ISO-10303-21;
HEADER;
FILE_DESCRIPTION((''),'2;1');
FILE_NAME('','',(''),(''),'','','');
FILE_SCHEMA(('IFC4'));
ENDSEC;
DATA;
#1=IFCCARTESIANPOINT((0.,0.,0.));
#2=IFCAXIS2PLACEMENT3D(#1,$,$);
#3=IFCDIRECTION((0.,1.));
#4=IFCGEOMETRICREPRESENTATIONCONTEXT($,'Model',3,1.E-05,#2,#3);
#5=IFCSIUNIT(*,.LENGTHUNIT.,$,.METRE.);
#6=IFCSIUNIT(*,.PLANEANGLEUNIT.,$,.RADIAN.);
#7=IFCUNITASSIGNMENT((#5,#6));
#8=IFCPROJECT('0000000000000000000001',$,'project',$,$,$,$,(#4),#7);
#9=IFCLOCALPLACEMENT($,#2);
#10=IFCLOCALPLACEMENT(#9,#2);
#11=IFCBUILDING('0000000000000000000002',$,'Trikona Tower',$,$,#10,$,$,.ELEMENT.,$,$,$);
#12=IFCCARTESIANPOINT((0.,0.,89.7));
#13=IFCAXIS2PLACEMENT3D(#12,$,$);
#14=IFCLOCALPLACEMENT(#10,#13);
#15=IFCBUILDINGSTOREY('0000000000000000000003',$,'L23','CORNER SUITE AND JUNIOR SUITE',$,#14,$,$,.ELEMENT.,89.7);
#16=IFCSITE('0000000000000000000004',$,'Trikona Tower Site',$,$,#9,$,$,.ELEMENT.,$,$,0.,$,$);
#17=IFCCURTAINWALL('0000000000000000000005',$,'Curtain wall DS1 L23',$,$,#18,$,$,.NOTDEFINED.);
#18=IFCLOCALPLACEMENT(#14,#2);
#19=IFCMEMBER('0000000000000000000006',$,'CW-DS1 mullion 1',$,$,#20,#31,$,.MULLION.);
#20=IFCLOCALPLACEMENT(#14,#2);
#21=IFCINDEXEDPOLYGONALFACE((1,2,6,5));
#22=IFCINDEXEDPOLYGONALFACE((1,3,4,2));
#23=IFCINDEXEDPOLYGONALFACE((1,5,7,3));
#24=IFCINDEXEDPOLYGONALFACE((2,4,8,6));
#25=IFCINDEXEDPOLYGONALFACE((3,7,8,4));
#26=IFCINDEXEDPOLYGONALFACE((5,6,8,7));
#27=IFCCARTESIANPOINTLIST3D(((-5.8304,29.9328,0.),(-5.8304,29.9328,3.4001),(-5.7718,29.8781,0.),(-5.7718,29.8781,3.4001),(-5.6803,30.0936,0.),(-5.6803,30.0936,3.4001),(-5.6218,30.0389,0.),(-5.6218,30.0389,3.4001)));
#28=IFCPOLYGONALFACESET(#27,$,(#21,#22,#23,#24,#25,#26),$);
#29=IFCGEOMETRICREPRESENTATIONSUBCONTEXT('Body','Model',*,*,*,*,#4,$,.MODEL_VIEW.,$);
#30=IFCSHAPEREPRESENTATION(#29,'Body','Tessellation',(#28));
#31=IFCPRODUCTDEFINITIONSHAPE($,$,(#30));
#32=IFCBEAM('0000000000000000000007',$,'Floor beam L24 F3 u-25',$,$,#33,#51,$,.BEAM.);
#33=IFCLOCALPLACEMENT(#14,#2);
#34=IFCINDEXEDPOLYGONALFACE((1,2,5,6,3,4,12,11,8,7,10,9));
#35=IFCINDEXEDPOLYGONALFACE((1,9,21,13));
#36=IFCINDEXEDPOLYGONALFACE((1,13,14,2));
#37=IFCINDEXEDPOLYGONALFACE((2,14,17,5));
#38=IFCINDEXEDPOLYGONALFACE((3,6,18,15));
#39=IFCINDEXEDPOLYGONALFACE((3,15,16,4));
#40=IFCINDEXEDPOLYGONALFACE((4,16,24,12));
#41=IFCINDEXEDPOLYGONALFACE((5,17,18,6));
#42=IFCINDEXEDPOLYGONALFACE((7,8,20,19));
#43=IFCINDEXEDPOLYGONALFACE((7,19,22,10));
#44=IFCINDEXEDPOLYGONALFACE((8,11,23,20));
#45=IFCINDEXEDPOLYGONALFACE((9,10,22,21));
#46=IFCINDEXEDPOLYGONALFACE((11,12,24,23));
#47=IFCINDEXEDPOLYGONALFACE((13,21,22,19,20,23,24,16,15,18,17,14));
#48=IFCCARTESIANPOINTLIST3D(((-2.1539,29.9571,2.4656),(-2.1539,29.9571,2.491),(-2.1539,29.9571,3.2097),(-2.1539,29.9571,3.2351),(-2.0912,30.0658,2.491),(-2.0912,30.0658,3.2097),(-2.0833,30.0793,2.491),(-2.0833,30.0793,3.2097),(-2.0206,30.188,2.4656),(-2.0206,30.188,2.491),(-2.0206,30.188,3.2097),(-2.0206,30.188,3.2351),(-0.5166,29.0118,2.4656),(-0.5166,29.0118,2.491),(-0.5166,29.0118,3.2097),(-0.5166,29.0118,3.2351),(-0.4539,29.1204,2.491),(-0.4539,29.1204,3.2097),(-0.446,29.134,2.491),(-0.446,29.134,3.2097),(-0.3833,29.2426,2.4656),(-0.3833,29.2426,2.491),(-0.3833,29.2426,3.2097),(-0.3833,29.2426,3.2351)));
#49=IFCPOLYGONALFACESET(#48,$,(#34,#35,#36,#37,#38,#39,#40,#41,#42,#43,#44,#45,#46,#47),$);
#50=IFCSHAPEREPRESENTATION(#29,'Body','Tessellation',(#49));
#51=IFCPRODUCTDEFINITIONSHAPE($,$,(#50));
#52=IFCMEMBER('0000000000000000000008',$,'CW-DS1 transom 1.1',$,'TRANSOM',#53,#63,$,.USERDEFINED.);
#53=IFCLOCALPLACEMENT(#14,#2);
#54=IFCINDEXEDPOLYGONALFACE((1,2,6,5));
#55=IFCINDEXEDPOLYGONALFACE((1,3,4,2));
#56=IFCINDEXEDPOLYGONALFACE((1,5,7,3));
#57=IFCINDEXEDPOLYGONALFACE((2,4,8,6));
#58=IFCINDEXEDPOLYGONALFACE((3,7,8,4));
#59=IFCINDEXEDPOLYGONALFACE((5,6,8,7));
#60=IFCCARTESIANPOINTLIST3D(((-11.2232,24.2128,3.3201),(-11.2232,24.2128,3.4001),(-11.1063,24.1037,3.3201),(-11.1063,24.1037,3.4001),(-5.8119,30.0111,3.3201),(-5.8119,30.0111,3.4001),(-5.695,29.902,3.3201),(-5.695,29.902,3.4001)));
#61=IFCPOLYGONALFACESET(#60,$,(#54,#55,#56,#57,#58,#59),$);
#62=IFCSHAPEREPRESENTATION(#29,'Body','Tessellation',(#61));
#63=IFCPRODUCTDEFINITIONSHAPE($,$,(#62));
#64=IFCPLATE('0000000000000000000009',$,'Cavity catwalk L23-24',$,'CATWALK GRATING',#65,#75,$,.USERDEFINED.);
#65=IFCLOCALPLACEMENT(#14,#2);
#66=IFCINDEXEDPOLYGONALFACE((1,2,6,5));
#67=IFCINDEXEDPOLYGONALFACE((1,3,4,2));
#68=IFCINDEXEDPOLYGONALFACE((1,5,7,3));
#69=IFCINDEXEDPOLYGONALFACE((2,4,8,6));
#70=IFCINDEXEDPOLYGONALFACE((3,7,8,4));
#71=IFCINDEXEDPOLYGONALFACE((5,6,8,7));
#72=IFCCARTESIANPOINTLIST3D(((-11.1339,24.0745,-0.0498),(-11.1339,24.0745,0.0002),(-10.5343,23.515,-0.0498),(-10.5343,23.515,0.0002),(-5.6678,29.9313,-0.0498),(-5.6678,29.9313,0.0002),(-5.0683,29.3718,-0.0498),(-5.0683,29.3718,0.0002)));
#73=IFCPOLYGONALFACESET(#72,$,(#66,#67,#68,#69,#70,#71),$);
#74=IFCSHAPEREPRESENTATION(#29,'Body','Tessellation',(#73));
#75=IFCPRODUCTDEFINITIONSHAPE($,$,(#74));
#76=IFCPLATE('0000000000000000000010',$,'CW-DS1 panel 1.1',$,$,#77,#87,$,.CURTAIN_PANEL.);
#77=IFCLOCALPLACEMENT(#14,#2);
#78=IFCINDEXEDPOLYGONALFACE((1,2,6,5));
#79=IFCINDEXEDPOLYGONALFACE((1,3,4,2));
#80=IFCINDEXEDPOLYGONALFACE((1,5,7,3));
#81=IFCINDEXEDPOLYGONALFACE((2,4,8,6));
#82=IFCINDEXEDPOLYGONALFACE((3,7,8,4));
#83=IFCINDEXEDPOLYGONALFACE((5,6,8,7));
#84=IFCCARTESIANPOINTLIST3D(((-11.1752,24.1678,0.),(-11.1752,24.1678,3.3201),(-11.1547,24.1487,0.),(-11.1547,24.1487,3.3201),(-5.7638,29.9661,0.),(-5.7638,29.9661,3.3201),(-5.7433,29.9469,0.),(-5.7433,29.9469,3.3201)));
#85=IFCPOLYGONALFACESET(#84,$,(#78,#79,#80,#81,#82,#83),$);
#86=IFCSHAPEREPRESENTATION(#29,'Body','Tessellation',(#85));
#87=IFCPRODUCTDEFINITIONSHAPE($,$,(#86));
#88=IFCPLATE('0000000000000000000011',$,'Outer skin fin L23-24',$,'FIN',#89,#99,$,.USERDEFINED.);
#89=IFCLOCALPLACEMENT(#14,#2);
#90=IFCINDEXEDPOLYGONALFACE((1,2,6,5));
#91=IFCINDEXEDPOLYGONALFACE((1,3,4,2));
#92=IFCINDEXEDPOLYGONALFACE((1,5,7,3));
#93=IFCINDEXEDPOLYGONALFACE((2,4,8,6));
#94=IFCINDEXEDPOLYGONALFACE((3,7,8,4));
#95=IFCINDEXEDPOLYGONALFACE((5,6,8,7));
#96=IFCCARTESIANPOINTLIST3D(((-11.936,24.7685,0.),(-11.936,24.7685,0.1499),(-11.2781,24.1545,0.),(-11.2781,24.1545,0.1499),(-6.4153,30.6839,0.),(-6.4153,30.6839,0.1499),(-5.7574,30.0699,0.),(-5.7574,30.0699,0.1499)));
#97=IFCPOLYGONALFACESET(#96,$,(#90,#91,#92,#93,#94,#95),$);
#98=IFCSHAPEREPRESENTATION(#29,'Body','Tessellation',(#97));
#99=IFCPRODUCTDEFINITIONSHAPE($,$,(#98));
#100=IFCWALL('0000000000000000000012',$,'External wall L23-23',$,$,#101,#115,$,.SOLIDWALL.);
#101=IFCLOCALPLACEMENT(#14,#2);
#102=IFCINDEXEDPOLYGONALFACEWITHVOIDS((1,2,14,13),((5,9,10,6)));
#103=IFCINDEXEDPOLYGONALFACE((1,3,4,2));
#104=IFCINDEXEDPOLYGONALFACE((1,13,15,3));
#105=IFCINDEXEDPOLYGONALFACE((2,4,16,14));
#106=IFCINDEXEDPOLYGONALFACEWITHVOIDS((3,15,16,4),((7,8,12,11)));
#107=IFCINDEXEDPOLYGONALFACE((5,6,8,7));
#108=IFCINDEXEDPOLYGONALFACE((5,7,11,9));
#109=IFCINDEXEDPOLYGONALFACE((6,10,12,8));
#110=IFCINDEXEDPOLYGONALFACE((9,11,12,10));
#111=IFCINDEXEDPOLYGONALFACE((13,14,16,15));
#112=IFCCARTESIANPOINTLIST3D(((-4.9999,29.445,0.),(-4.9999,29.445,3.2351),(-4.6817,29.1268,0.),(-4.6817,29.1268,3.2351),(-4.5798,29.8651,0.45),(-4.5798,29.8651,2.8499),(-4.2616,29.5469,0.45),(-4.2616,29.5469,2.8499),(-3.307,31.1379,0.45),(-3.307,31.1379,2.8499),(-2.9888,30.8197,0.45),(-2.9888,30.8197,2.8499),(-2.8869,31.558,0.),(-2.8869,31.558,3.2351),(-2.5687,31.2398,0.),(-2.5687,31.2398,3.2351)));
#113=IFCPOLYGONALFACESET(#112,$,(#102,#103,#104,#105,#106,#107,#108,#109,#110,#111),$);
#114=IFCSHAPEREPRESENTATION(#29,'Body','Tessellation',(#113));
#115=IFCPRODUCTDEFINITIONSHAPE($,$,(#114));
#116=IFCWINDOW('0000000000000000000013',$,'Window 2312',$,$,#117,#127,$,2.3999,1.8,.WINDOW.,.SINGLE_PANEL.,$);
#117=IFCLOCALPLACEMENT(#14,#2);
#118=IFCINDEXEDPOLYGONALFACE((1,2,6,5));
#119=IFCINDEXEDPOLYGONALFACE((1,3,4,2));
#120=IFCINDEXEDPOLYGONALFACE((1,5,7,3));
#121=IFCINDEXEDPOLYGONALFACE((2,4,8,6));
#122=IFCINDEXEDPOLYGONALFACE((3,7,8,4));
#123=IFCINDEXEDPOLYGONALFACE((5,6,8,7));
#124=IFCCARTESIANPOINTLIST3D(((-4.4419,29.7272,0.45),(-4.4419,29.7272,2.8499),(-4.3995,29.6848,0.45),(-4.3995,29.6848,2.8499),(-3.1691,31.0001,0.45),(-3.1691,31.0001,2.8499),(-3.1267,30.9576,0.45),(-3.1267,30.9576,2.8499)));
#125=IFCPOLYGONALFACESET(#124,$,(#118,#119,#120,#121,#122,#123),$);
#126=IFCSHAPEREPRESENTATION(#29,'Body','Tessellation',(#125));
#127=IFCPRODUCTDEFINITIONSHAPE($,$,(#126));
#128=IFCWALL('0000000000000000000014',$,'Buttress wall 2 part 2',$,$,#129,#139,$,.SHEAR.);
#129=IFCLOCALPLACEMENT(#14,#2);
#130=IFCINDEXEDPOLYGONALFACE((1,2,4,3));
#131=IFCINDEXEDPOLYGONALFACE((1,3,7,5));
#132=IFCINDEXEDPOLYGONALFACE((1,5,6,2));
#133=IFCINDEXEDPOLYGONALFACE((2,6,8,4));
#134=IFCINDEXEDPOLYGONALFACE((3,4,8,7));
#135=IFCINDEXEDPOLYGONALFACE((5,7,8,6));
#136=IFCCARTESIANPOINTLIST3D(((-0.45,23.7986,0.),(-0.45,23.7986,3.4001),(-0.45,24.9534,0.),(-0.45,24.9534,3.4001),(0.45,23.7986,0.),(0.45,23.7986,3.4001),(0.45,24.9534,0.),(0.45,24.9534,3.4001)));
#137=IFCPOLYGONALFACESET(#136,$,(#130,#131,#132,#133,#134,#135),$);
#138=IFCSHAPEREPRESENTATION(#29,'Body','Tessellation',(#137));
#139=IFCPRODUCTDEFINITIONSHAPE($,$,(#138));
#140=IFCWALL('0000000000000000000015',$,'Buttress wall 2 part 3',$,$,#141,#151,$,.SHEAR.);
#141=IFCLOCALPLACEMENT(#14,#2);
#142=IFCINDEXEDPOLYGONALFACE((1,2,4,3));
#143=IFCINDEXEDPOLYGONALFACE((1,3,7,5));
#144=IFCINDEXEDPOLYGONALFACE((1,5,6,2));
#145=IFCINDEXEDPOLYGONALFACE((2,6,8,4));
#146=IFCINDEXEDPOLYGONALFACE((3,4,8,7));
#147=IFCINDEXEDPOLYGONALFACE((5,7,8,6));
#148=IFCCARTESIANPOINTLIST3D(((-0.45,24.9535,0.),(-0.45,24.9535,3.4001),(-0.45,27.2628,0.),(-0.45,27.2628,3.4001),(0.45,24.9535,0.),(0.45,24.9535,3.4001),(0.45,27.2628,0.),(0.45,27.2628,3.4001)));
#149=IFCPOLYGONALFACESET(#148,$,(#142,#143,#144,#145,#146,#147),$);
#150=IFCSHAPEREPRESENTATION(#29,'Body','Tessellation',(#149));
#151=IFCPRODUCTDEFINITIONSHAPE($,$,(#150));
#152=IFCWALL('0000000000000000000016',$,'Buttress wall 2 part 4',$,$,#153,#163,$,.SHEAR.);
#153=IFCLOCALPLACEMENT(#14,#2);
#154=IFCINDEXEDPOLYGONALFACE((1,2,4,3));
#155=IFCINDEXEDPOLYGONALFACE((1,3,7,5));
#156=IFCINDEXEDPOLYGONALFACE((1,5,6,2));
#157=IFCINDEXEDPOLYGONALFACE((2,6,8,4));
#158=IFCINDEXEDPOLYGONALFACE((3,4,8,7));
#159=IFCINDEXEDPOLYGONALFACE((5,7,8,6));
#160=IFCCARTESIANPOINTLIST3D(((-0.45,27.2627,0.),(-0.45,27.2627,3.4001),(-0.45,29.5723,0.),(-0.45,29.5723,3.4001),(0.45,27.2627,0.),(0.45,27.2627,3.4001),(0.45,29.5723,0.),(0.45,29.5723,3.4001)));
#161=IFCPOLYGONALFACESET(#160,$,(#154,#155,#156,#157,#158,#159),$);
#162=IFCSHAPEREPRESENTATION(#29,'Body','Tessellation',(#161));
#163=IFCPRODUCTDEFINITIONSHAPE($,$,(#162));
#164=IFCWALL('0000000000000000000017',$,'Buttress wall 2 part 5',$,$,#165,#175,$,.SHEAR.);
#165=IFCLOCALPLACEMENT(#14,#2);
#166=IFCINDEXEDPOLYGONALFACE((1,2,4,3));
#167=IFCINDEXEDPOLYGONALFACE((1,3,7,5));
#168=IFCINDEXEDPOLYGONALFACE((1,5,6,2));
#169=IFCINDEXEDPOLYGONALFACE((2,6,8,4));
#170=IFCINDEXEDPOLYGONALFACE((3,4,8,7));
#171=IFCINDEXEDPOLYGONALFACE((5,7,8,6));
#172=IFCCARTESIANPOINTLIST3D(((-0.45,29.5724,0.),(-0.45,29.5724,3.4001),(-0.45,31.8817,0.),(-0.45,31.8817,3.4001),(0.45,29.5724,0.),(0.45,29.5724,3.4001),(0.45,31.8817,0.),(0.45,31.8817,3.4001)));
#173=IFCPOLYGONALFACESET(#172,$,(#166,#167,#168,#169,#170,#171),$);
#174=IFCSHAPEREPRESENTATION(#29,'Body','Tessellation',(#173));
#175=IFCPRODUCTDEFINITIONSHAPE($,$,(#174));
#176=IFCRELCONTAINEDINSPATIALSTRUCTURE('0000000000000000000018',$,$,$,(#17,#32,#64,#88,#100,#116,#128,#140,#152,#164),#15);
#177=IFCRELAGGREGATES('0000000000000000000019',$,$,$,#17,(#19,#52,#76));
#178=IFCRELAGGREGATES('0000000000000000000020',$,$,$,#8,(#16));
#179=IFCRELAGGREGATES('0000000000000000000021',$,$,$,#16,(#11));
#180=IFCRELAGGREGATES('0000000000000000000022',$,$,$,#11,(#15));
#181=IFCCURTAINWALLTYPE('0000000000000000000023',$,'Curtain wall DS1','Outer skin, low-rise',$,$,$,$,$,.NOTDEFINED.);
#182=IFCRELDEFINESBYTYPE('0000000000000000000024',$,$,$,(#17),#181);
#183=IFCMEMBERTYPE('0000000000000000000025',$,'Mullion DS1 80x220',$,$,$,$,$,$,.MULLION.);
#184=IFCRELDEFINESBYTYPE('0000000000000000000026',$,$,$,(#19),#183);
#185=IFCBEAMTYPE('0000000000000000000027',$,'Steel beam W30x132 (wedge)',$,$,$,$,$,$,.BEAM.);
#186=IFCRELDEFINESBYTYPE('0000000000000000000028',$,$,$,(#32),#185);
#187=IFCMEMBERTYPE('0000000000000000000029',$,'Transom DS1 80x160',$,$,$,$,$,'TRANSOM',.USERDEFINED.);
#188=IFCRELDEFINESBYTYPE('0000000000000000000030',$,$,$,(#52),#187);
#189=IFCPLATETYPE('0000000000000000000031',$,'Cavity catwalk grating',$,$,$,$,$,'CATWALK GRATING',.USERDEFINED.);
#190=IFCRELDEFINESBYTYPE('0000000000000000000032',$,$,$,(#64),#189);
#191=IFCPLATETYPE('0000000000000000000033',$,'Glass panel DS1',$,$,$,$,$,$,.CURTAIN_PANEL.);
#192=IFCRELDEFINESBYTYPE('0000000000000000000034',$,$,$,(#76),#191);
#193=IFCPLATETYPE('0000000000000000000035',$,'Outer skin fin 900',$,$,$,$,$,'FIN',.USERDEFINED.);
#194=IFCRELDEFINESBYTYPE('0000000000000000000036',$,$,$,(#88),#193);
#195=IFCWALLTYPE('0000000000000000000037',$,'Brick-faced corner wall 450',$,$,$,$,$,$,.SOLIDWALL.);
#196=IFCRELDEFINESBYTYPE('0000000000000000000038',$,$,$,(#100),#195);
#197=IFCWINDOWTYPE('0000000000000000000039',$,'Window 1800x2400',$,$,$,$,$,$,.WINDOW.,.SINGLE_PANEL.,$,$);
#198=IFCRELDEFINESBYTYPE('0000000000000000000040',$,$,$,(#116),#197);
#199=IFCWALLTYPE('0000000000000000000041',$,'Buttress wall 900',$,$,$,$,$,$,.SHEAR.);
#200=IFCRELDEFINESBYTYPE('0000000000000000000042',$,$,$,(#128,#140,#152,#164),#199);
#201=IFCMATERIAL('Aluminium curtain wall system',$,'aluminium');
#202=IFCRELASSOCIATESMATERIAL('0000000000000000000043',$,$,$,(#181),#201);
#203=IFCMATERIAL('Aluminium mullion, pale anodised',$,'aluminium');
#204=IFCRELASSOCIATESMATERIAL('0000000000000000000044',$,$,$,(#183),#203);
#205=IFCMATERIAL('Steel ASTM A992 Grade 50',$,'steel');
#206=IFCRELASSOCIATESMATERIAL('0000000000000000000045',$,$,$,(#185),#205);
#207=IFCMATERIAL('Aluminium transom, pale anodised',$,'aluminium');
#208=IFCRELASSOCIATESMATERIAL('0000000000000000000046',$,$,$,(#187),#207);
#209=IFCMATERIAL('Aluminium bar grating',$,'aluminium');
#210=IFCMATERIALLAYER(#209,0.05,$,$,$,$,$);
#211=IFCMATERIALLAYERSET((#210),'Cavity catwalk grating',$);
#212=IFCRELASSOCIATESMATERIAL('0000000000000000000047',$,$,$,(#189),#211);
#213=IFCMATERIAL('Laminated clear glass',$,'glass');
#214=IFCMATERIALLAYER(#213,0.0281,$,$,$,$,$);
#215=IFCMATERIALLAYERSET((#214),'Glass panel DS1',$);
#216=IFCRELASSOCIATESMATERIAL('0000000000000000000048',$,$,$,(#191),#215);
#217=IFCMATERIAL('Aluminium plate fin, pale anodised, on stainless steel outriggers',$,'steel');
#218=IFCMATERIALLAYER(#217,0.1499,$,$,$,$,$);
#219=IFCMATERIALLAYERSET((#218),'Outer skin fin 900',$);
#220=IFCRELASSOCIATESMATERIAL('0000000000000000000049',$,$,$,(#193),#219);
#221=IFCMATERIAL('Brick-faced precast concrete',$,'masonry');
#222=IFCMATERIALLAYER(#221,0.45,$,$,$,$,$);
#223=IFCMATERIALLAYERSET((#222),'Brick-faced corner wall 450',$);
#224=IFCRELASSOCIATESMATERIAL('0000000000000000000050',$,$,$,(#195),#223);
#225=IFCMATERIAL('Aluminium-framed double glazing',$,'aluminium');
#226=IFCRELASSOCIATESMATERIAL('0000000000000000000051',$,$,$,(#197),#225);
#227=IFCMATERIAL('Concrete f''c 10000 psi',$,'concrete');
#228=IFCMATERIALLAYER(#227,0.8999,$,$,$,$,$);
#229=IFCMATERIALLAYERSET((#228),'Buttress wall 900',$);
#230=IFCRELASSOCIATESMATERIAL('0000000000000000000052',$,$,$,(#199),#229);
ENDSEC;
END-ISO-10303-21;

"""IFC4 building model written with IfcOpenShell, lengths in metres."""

from ifc_helpers import new_model, si_unit, direction, frame, frame_2d, origin, origin_2d, place, context, subcontext, project, spatial, rectangle, i_section, extrude, material, layer, layer_set, material_profile, profile_set, type_object, element, fill, aggregate, save


model = new_model("IFC4")

# Units and contexts
model_context = context("Model", 3, precision=1e-05, world=origin(), true_north=direction((0.0, 1.0)))
body_context = subcontext(model_context, "Body", "Model", "MODEL_VIEW")
ifc_project = project(units=[si_unit("LENGTHUNIT", "METRE"), si_unit("PLANEANGLEUNIT", "RADIAN")], contexts=[model_context])

# Site, building, storey
site_placement = place(None, origin())
site = spatial("IfcSite", under=ifc_project, at=site_placement, Name="Trikona Tower Site", CompositionType="ELEMENT", RefElevation=0.0)
building_placement = place(site_placement, origin())
building = spatial("IfcBuilding", under=site, at=building_placement, Name="Trikona Tower", CompositionType="ELEMENT")
storey_placement = place(building_placement, frame((0.0, 0.0, 89.7)))
storey = spatial("IfcBuildingStorey", under=building, at=storey_placement, Name="L23", Description="CORNER SUITE AND JUNIOR SUITE", CompositionType="ELEMENT", Elevation=89.7)

# Curtain wall, member
ifc_material_1 = material(Name="Aluminium curtain wall system", Category="aluminium")
curtain_wall_type = type_object("IfcCurtainWallType", Name="Curtain wall DS1", Description="Outer skin, low-rise", PredefinedType="NOTDEFINED", material=ifc_material_1)
curtain_wall_placement = place(storey_placement, origin())
curtain_wall = element("IfcCurtainWall", 1, at=curtain_wall_placement, inside=storey, type_object=curtain_wall_type, Name="Curtain wall DS1 L23", PredefinedType="NOTDEFINED")
ifc_material_2 = material(Name="Aluminium mullion, pale anodised", Category="aluminium")
ifc_material_profile_1 = material_profile(ifc_material_2, rectangle(XDim=0.0801, YDim=0.22, at=origin_2d()), Name="MUL-DS1")
ifc_profile_set_1 = profile_set([ifc_material_profile_1], Name="Aluminium mullion, pale anodised")
member_type_1 = type_object("IfcMemberType", Name="Mullion DS1 80x220", PredefinedType="MULLION", material=ifc_profile_set_1)
member_1_placement = place(storey_placement, frame((-5.7261, 29.9858, 0.0), z_axis=(0.0, 0.0, 1.0), x_axis=(0.731077, -0.682295, 0.0)))
member_1 = element("IfcMember", 2, at=member_1_placement, type_object=member_type_1, Name="CW-DS1 mullion 1", PredefinedType="MULLION", context=body_context, shape_type="SweptSolid", body=[
    extrude(rectangle(XDim=0.0801, YDim=0.22, at=origin_2d()), origin(), (0.0, 0.0, 1.0), 3.4001),
])

# Beam
ifc_material_3 = material(Name="Steel ASTM A992 Grade 50", Category="steel")
ifc_material_profile_2 = material_profile(ifc_material_3, i_section(OverallWidth=0.2666, OverallDepth=0.7695, WebThickness=0.0156, FlangeThickness=0.0254, at=origin_2d()), Name="W30X132")
ifc_profile_set_2 = profile_set([ifc_material_profile_2], Name="Steel ASTM A992 Grade 50")
beam_type = type_object("IfcBeamType", Name="Steel beam W30x132 (wedge)", PredefinedType="BEAM", material=ifc_profile_set_2)
beam_placement = place(storey_placement, frame((-0.45, 29.1272, 2.8503), z_axis=(-0.866009, 0.500028, 0.0), x_axis=(-0.500028, -0.866009, 0.0)))
element("IfcBeam", 3, at=beam_placement, inside=storey, type_object=beam_type, Name="Floor beam L24 F3 u-25", PredefinedType="BEAM", context=body_context, shape_type="SweptSolid", body=[
    extrude(i_section(OverallWidth=0.2666, OverallDepth=0.7695, WebThickness=0.0156, FlangeThickness=0.0254, at=origin_2d()), origin(), (0.0, 0.0, 1.0), 1.8906),
])

# Member
ifc_material_4 = material(Name="Aluminium transom, pale anodised", Category="aluminium")
ifc_material_profile_3 = material_profile(ifc_material_4, rectangle(XDim=0.1599, YDim=0.0801, at=origin_2d()), Name="TRN-DS1")
ifc_profile_set_3 = profile_set([ifc_material_profile_3], Name="Aluminium transom, pale anodised")
member_type_2 = type_object("IfcMemberType", Name="Transom DS1 80x160", ElementType="TRANSOM", PredefinedType="USERDEFINED", material=ifc_profile_set_3)
member_2_placement = place(storey_placement, frame((-5.7534, 29.9565, 3.3601), z_axis=(-0.682291, -0.731081, 0.0), x_axis=(0.731081, -0.682291, 0.0)))
member_2 = element("IfcMember", 4, at=member_2_placement, type_object=member_type_2, Name="CW-DS1 transom 1.1", ObjectType="TRANSOM", PredefinedType="USERDEFINED", context=body_context, shape_type="SweptSolid", body=[
    extrude(rectangle(XDim=0.1599, YDim=0.0801, at=origin_2d()), origin(), (0.0, 0.0, 1.0), 7.9312),
])

# Plates
ifc_material_5 = material(Name="Aluminium bar grating", Category="aluminium")
ifc_layer_1 = layer(ifc_material_5, 0.05)
ifc_layer_set_1 = layer_set([ifc_layer_1], Name="Cavity catwalk grating")
plate_type_1 = type_object("IfcPlateType", Name="Cavity catwalk grating", ElementType="CATWALK GRATING", PredefinedType="USERDEFINED", material=ifc_layer_set_1)
plate_1_placement = place(storey_placement, frame((-8.1011, 26.7231, -0.0498), z_axis=(0.0, 0.0, 1.0), x_axis=(-0.682298, -0.731074, 0.0)))
element("IfcPlate", 5, at=plate_1_placement, inside=storey, type_object=plate_type_1, Name="Cavity catwalk L23-24", ObjectType="CATWALK GRATING", PredefinedType="USERDEFINED", context=body_context, shape_type="SweptSolid", body=[
    extrude(rectangle(XDim=8.0112, YDim=0.8201, at=origin_2d()), origin(), (0.0, 0.0, 1.0), 0.05),
])
ifc_material_6 = material(Name="Laminated clear glass", Category="glass")
ifc_layer_2 = layer(ifc_material_6, 0.0281)
ifc_layer_set_2 = layer_set([ifc_layer_2], Name="Glass panel DS1")
plate_type_2 = type_object("IfcPlateType", Name="Glass panel DS1", PredefinedType="CURTAIN_PANEL", material=ifc_layer_set_2)
plate_2_placement = place(storey_placement, frame((-8.4592, 27.0574, 0.0), z_axis=(0.0, 0.0, 1.0), x_axis=(-0.682295, -0.731077, 0.0)))
plate_2 = element("IfcPlate", 6, at=plate_2_placement, type_object=plate_type_2, Name="CW-DS1 panel 1.1", PredefinedType="CURTAIN_PANEL", context=body_context, shape_type="SweptSolid", body=[
    extrude(rectangle(XDim=7.9312, YDim=0.0281, at=origin_2d()), origin(), (0.0, 0.0, 1.0), 3.3201),
])
aggregate(curtain_wall, [member_1, member_2, plate_2])
ifc_material_7 = material(Name="Aluminium plate fin, pale anodised, on stainless steel outriggers", Category="steel")
ifc_layer_3 = layer(ifc_material_7, 0.1499)
ifc_layer_set_3 = layer_set([ifc_layer_3], Name="Outer skin fin 900")
plate_type_3 = type_object("IfcPlateType", Name="Outer skin fin 900", ElementType="FIN", PredefinedType="USERDEFINED", material=ifc_layer_set_3)
plate_3_placement = place(storey_placement, frame((-8.8467, 27.4192, 0.0), z_axis=(0.0, 0.0, 1.0), x_axis=(-0.682298, -0.731074, 0.0)))
element("IfcPlate", 7, at=plate_3_placement, inside=storey, type_object=plate_type_3, Name="Outer skin fin L23-24", ObjectType="FIN", PredefinedType="USERDEFINED", context=body_context, shape_type="SweptSolid", body=[
    extrude(rectangle(XDim=8.0913, YDim=0.8999, at=origin_2d()), origin(), (0.0, 0.0, 1.0), 0.1499),
])

# Wall, opening, window
ifc_material_8 = material(Name="Brick-faced precast concrete", Category="masonry")
ifc_layer_4 = layer(ifc_material_8, 0.45)
ifc_layer_set_4 = layer_set([ifc_layer_4], Name="Brick-faced corner wall 450")
wall_type_1 = type_object("IfcWallType", Name="Brick-faced corner wall 450", PredefinedType="SOLIDWALL", material=ifc_layer_set_4)
wall_1_placement = place(storey_placement, frame((-2.7278, 31.3989, 0.0), z_axis=(0.0, 0.0, 1.0), x_axis=(-0.707107, -0.707107, 0.0)))
wall_1 = element("IfcWall", 8, at=wall_1_placement, inside=storey, type_object=wall_type_1, Name="External wall L23-23", PredefinedType="SOLIDWALL", context=body_context, shape_type="SweptSolid", body=[
    extrude(rectangle(XDim=2.9883, YDim=0.45, at=frame_2d((1.4941, 0.0))), origin(), (0.0, 0.0, 1.0), 3.2351),
])
opening_1_placement = place(wall_1_placement, frame((0.5942, 0.0, 0.45)))
opening_1 = element("IfcOpeningElement", 9, at=opening_1_placement, cuts=wall_1, PredefinedType="OPENING", context=body_context, shape_type="SweptSolid", body=[
    extrude(rectangle(XDim=1.8, YDim=2.3999, at=frame_2d((0.8999, 1.2))), frame((0.0, 0.2349, 0.0), z_axis=(0.0, -1.0, 0.0), x_axis=(1.0, 0.0, 0.0)), (0.0, 0.0, 1.0), 0.47),
])
ifc_material_9 = material(Name="Aluminium-framed double glazing", Category="aluminium")
window_type_1 = type_object("IfcWindowType", Name="Window 1800x2400", PartitioningType="SINGLE_PANEL", PredefinedType="WINDOW", material=ifc_material_9)
window_1_placement = place(opening_1_placement, origin())
window_1 = element("IfcWindow", 10, at=window_1_placement, inside=storey, type_object=window_type_1, Name="Window 2312", OverallHeight=2.3999, OverallWidth=1.8, PartitioningType="SINGLE_PANEL", PredefinedType="WINDOW", context=body_context, shape_type="SweptSolid", body=[
    extrude(rectangle(XDim=1.8, YDim=2.3999, at=frame_2d((0.8999, 1.2))), frame((0.0, 0.03, 0.0), z_axis=(0.0, -1.0, 0.0), x_axis=(1.0, 0.0, 0.0)), (0.0, 0.0, 1.0), 0.0601),
])
fill(opening_1, window_1)

# Walls
ifc_material_10 = material(Name="Concrete f'c 10000 psi", Category="concrete")
ifc_layer_5 = layer(ifc_material_10, 0.8999)
ifc_layer_set_5 = layer_set([ifc_layer_5], Name="Buttress wall 900")
wall_type_2 = type_object("IfcWallType", Name="Buttress wall 900", PredefinedType="SHEAR", material=ifc_layer_set_5)
wall_2_placement = place(storey_placement, frame((0.0, 23.7986, 0.0), z_axis=(0.0, 0.0, 1.0), x_axis=(0.0, 1.0, 0.0)))
element("IfcWall", 11, at=wall_2_placement, inside=storey, type_object=wall_type_2, Name="Buttress wall 2 part 2", PredefinedType="SHEAR", context=body_context, shape_type="SweptSolid", body=[
    extrude(rectangle(XDim=1.1548, YDim=0.8999, at=frame_2d((0.5774, 0.0))), origin(), (0.0, 0.0, 1.0), 3.4001),
])
wall_3_placement = place(storey_placement, frame((0.0, 24.9534, 0.0), z_axis=(0.0, 0.0, 1.0), x_axis=(0.0, 1.0, 0.0)))
element("IfcWall", 12, at=wall_3_placement, inside=storey, type_object=wall_type_2, Name="Buttress wall 2 part 3", PredefinedType="SHEAR", context=body_context, shape_type="SweptSolid", body=[
    extrude(rectangle(XDim=2.3093, YDim=0.8999, at=frame_2d((1.1548, 0.0))), origin(), (0.0, 0.0, 1.0), 3.4001),
])
wall_4_placement = place(storey_placement, frame((0.0, 27.2627, 0.0), z_axis=(0.0, 0.0, 1.0), x_axis=(0.0, 1.0, 0.0)))
element("IfcWall", 13, at=wall_4_placement, inside=storey, type_object=wall_type_2, Name="Buttress wall 2 part 4", PredefinedType="SHEAR", context=body_context, shape_type="SweptSolid", body=[
    extrude(rectangle(XDim=2.3096, YDim=0.8999, at=frame_2d((1.1548, 0.0))), origin(), (0.0, 0.0, 1.0), 3.4001),
])
wall_5_placement = place(storey_placement, frame((0.0, 29.5723, 0.0), z_axis=(0.0, 0.0, 1.0), x_axis=(0.0, 1.0, 0.0)))
element("IfcWall", 14, at=wall_5_placement, inside=storey, type_object=wall_type_2, Name="Buttress wall 2 part 5", PredefinedType="SHEAR", context=body_context, shape_type="SweptSolid", body=[
    extrude(rectangle(XDim=2.3093, YDim=0.8999, at=frame_2d((1.1548, 0.0))), origin(), (0.0, 0.0, 1.0), 3.4001),
])

save(model, "model.ifc")
